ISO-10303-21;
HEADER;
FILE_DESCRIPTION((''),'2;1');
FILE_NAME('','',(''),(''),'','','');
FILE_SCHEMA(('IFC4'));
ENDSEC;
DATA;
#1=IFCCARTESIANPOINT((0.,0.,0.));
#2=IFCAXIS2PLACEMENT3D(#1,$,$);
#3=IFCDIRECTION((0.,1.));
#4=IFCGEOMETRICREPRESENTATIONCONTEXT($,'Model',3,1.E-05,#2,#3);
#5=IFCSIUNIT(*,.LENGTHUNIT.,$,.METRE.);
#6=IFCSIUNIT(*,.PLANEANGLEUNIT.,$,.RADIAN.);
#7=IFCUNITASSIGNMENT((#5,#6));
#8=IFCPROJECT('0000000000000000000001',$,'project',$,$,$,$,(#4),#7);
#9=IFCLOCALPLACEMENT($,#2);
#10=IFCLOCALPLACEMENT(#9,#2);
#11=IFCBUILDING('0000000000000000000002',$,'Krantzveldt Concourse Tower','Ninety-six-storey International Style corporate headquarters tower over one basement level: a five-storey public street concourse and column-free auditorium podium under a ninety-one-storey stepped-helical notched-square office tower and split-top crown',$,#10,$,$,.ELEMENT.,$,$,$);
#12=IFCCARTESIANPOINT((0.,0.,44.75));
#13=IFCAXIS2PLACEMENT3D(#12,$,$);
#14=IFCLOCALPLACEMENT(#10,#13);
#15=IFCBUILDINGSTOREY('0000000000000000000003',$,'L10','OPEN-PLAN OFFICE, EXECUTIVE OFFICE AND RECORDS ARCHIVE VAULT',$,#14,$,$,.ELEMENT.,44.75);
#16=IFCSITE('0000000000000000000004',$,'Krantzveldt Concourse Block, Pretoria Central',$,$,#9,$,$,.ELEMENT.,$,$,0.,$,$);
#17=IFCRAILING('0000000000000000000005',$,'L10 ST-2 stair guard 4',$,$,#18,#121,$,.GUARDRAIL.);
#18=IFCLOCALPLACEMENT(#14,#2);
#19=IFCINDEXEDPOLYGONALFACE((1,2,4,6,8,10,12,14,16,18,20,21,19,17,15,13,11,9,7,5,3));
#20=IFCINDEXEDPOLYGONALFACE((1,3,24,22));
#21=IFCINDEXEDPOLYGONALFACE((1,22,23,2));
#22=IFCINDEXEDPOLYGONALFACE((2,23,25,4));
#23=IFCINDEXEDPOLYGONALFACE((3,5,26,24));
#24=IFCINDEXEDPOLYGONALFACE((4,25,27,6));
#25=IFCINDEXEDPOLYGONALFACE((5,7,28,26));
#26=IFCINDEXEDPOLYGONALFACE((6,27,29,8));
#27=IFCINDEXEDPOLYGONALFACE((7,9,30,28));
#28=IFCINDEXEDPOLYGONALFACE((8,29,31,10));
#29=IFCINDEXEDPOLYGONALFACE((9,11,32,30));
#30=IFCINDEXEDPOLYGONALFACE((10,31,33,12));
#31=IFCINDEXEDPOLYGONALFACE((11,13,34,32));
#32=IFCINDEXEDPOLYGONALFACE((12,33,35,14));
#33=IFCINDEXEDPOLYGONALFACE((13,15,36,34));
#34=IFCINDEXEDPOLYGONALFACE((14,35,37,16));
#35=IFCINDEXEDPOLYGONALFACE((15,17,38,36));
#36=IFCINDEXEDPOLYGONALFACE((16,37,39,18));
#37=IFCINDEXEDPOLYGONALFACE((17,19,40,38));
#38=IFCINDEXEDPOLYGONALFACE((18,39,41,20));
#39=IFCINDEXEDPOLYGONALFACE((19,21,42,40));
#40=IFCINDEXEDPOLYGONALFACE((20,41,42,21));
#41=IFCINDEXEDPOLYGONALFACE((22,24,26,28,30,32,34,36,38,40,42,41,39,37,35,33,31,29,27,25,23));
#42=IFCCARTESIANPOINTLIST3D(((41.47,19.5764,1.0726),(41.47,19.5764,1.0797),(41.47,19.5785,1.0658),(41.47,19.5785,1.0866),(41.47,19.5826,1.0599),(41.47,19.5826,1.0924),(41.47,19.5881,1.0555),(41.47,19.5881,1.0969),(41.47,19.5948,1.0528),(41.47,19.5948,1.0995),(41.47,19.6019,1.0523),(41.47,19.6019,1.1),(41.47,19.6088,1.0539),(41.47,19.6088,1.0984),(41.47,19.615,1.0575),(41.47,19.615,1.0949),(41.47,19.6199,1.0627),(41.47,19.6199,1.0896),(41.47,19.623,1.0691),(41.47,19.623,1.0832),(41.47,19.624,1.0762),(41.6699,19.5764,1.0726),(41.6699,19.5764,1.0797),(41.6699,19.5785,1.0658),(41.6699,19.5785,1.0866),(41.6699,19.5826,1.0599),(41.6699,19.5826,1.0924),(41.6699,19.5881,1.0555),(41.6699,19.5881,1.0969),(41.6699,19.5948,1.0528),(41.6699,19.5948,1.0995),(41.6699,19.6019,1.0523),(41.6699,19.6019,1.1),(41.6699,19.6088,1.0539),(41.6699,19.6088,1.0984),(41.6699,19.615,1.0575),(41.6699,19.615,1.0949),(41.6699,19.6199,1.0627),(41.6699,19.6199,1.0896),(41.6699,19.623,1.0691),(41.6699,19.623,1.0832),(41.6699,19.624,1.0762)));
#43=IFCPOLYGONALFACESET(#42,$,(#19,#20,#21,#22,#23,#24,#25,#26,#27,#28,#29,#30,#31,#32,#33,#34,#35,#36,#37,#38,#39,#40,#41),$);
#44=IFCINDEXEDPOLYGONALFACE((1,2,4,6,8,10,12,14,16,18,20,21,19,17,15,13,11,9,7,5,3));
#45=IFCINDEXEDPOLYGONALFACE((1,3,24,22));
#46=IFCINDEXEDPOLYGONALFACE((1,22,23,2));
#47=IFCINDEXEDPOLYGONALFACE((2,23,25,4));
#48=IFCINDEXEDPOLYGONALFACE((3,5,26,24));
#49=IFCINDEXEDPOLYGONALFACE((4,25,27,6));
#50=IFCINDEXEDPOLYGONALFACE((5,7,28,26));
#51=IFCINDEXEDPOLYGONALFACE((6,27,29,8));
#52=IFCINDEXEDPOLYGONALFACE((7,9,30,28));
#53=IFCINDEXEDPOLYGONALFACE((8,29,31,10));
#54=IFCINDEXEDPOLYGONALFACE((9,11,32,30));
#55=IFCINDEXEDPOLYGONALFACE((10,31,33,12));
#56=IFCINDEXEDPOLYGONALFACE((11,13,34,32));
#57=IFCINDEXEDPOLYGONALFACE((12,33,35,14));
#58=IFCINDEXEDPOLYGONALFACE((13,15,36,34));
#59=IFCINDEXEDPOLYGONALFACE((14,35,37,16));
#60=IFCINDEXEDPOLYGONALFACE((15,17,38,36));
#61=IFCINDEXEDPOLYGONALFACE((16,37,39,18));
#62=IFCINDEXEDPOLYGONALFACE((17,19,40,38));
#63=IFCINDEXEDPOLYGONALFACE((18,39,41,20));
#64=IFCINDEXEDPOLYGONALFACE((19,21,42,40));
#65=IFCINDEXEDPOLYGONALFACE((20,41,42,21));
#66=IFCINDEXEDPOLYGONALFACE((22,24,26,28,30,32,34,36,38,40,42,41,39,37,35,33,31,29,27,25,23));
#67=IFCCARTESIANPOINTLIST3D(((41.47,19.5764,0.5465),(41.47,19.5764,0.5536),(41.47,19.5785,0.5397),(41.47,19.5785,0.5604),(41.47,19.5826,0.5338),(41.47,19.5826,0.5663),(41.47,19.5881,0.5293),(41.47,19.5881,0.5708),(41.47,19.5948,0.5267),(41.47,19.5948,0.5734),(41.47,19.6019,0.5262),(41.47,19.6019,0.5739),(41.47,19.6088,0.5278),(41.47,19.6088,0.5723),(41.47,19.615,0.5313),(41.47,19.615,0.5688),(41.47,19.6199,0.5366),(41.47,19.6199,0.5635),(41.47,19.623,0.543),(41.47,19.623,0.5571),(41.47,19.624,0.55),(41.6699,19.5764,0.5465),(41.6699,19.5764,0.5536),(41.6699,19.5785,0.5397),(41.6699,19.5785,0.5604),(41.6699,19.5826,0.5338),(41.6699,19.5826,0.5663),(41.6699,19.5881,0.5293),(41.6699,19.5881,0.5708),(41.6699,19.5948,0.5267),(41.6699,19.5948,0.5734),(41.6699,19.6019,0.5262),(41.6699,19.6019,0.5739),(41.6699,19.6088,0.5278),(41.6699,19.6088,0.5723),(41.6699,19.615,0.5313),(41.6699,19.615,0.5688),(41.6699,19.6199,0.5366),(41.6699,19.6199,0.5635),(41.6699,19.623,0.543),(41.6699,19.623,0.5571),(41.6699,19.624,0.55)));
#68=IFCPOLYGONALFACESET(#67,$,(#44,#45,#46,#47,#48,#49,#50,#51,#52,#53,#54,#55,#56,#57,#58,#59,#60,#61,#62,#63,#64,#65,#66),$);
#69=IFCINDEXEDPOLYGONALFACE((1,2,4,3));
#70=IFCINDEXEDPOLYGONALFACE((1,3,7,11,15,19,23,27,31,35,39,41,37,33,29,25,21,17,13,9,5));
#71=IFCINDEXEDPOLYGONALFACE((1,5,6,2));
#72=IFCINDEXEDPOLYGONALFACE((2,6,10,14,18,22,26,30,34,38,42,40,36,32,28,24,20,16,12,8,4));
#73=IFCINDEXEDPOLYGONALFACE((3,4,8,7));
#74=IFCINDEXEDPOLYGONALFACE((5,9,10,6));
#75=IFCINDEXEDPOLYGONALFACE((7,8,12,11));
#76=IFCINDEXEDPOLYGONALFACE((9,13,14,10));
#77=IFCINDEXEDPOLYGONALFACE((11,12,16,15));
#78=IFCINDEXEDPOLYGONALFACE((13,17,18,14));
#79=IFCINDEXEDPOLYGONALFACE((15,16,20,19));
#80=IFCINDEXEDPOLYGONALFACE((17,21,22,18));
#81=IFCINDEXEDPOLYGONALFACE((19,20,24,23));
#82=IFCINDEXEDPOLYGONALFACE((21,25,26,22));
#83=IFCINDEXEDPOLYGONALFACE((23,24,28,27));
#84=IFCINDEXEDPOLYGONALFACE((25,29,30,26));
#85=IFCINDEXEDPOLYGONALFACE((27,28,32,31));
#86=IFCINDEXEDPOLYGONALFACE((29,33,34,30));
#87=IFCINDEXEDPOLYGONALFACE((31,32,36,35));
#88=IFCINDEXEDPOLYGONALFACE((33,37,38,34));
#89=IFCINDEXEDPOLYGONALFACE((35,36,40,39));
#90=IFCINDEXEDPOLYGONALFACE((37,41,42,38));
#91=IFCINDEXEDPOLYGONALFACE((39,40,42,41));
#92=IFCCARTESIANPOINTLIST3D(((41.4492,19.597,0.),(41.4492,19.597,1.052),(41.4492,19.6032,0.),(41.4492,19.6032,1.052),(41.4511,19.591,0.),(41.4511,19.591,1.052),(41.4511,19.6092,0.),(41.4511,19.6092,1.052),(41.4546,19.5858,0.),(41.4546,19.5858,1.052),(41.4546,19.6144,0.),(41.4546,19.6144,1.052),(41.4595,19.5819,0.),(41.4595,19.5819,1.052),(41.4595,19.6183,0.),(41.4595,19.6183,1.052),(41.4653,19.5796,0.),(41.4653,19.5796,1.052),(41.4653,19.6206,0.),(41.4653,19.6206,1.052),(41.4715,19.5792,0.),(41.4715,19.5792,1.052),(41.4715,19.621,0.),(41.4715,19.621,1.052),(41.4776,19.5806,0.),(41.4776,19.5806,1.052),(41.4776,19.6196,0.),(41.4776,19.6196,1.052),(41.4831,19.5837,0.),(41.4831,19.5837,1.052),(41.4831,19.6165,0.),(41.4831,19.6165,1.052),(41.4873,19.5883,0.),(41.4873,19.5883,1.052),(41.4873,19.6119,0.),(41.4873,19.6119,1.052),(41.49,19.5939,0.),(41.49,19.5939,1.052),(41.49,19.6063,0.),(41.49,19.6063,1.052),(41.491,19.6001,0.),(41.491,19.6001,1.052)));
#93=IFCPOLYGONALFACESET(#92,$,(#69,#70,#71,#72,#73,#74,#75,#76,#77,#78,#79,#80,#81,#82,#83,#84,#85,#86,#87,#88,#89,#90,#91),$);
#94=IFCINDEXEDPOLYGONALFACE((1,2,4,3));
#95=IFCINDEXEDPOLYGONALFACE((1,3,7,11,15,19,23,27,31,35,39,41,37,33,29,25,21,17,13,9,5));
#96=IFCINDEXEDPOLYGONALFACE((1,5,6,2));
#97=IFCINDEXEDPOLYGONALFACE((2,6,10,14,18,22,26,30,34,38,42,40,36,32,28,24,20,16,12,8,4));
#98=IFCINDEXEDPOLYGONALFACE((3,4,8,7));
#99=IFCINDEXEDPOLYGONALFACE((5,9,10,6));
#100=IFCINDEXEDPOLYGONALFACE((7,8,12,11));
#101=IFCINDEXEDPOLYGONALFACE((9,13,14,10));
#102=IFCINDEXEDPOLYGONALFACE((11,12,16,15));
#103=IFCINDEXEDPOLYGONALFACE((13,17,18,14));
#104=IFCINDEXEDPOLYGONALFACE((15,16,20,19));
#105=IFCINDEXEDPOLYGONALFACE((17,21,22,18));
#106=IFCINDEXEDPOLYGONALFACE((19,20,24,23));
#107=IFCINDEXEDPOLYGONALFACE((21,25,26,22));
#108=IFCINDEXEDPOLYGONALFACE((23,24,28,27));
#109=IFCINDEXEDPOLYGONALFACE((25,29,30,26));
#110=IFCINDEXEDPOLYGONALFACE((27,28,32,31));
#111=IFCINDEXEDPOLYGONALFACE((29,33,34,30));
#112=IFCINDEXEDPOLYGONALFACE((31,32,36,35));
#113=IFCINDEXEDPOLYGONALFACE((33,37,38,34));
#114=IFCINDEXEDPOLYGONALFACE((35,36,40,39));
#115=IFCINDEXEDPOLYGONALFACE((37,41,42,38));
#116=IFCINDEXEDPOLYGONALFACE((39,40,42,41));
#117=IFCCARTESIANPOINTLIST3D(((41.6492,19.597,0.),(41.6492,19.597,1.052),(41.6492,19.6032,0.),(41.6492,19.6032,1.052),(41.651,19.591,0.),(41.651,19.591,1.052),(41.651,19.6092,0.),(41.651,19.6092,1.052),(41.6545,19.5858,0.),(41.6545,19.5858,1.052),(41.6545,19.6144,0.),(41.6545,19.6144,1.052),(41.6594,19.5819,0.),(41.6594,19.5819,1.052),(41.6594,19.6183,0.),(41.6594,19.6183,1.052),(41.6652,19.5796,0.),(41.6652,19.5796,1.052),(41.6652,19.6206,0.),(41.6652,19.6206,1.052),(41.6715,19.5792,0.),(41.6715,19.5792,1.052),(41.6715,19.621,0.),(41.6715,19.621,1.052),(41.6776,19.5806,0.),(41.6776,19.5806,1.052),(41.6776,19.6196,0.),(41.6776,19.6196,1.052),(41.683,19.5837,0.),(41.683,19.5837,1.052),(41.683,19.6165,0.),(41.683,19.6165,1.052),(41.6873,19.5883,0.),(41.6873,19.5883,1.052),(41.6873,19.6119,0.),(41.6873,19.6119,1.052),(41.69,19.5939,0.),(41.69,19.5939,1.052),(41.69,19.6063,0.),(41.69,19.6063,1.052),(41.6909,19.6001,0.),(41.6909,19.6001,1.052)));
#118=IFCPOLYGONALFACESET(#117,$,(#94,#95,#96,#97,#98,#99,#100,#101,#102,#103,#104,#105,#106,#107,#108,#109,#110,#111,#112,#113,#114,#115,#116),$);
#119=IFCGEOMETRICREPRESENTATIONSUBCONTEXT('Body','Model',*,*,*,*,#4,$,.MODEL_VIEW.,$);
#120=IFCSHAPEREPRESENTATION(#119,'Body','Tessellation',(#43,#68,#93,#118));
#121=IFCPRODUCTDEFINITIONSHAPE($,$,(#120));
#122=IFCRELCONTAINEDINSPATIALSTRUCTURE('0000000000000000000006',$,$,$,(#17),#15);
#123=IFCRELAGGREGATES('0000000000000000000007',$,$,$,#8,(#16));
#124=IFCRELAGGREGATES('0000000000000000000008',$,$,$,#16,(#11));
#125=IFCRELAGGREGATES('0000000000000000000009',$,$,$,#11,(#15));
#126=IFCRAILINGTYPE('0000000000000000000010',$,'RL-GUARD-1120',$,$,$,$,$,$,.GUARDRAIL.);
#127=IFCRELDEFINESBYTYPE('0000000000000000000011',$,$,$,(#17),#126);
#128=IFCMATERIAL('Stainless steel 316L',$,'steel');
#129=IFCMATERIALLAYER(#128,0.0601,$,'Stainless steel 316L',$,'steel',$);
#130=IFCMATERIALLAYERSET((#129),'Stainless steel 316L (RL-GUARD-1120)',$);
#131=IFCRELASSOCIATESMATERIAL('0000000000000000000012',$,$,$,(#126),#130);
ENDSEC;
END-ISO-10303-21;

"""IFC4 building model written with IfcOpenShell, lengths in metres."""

from ifc_helpers import new_model, si_unit, direction, frame, origin, origin_2d, place, context, subcontext, project, spatial, circle, extrude, material, layer, layer_set, type_object, element, save


model = new_model("IFC4")

# Units and contexts
model_context = context("Model", 3, precision=1e-05, world=origin(), true_north=direction((0.0, 1.0)))
body_context = subcontext(model_context, "Body", "Model", "MODEL_VIEW")
ifc_project = project(units=[si_unit("LENGTHUNIT", "METRE"), si_unit("PLANEANGLEUNIT", "RADIAN")], contexts=[model_context])

# Site, building, storey
site_placement = place(None, origin())
site = spatial("IfcSite", under=ifc_project, at=site_placement, Name="Krantzveldt Concourse Block, Pretoria Central", CompositionType="ELEMENT", RefElevation=0.0)
building_placement = place(site_placement, origin())
building = spatial("IfcBuilding", under=site, at=building_placement, Name="Krantzveldt Concourse Tower", Description="Ninety-six-storey International Style corporate headquarters tower over one basement level: a five-storey public street concourse and column-free auditorium podium under a ninety-one-storey stepped-helical notched-square office tower and split-top crown", CompositionType="ELEMENT")
storey_placement = place(building_placement, frame((0.0, 0.0, 44.75)))
storey = spatial("IfcBuildingStorey", under=building, at=storey_placement, Name="L10", Description="OPEN-PLAN OFFICE, EXECUTIVE OFFICE AND RECORDS ARCHIVE VAULT", CompositionType="ELEMENT", Elevation=44.75)

# Shared definitions
ifc_material_1 = material(Name="Stainless steel 316L", Category="steel")

# Railing
ifc_layer_1 = layer(ifc_material_1, 0.0601, Name="Stainless steel 316L", Category="steel")
ifc_layer_set_1 = layer_set([ifc_layer_1], Name="Stainless steel 316L (RL-GUARD-1120)")
railing_type_1 = type_object("IfcRailingType", Name="RL-GUARD-1120", PredefinedType="GUARDRAIL", material=ifc_layer_set_1)
railing_1_placement = place(storey_placement, frame((41.47, 19.6001, 0.0)))
element("IfcRailing", 1, at=railing_1_placement, inside=storey, type_object=railing_type_1, Name="L10 ST-2 stair guard 4", PredefinedType="GUARDRAIL", context=body_context, shape_type="SweptSolid", body=[
    extrude(circle(Radius=0.0239, at=origin_2d()), frame((0.0, 0.0, 1.0762), z_axis=(1.0, 0.0, 0.0), x_axis=(0.0, 1.0, 0.0)), (0.0, 0.0, 1.0), 0.2),
    extrude(circle(Radius=0.0239, at=origin_2d()), frame((0.0, 0.0, 0.55), z_axis=(1.0, 0.0, 0.0), x_axis=(0.0, 1.0, 0.0)), (0.0, 0.0, 1.0), 0.2),
    extrude(circle(Radius=0.021, at=origin_2d()), origin(), (0.0, 0.0, 1.0), 1.052),
    extrude(circle(Radius=0.021, at=origin_2d()), frame((0.2, 0.0, 0.0)), (0.0, 0.0, 1.0), 1.052),
])

save(model, "model.ifc")
